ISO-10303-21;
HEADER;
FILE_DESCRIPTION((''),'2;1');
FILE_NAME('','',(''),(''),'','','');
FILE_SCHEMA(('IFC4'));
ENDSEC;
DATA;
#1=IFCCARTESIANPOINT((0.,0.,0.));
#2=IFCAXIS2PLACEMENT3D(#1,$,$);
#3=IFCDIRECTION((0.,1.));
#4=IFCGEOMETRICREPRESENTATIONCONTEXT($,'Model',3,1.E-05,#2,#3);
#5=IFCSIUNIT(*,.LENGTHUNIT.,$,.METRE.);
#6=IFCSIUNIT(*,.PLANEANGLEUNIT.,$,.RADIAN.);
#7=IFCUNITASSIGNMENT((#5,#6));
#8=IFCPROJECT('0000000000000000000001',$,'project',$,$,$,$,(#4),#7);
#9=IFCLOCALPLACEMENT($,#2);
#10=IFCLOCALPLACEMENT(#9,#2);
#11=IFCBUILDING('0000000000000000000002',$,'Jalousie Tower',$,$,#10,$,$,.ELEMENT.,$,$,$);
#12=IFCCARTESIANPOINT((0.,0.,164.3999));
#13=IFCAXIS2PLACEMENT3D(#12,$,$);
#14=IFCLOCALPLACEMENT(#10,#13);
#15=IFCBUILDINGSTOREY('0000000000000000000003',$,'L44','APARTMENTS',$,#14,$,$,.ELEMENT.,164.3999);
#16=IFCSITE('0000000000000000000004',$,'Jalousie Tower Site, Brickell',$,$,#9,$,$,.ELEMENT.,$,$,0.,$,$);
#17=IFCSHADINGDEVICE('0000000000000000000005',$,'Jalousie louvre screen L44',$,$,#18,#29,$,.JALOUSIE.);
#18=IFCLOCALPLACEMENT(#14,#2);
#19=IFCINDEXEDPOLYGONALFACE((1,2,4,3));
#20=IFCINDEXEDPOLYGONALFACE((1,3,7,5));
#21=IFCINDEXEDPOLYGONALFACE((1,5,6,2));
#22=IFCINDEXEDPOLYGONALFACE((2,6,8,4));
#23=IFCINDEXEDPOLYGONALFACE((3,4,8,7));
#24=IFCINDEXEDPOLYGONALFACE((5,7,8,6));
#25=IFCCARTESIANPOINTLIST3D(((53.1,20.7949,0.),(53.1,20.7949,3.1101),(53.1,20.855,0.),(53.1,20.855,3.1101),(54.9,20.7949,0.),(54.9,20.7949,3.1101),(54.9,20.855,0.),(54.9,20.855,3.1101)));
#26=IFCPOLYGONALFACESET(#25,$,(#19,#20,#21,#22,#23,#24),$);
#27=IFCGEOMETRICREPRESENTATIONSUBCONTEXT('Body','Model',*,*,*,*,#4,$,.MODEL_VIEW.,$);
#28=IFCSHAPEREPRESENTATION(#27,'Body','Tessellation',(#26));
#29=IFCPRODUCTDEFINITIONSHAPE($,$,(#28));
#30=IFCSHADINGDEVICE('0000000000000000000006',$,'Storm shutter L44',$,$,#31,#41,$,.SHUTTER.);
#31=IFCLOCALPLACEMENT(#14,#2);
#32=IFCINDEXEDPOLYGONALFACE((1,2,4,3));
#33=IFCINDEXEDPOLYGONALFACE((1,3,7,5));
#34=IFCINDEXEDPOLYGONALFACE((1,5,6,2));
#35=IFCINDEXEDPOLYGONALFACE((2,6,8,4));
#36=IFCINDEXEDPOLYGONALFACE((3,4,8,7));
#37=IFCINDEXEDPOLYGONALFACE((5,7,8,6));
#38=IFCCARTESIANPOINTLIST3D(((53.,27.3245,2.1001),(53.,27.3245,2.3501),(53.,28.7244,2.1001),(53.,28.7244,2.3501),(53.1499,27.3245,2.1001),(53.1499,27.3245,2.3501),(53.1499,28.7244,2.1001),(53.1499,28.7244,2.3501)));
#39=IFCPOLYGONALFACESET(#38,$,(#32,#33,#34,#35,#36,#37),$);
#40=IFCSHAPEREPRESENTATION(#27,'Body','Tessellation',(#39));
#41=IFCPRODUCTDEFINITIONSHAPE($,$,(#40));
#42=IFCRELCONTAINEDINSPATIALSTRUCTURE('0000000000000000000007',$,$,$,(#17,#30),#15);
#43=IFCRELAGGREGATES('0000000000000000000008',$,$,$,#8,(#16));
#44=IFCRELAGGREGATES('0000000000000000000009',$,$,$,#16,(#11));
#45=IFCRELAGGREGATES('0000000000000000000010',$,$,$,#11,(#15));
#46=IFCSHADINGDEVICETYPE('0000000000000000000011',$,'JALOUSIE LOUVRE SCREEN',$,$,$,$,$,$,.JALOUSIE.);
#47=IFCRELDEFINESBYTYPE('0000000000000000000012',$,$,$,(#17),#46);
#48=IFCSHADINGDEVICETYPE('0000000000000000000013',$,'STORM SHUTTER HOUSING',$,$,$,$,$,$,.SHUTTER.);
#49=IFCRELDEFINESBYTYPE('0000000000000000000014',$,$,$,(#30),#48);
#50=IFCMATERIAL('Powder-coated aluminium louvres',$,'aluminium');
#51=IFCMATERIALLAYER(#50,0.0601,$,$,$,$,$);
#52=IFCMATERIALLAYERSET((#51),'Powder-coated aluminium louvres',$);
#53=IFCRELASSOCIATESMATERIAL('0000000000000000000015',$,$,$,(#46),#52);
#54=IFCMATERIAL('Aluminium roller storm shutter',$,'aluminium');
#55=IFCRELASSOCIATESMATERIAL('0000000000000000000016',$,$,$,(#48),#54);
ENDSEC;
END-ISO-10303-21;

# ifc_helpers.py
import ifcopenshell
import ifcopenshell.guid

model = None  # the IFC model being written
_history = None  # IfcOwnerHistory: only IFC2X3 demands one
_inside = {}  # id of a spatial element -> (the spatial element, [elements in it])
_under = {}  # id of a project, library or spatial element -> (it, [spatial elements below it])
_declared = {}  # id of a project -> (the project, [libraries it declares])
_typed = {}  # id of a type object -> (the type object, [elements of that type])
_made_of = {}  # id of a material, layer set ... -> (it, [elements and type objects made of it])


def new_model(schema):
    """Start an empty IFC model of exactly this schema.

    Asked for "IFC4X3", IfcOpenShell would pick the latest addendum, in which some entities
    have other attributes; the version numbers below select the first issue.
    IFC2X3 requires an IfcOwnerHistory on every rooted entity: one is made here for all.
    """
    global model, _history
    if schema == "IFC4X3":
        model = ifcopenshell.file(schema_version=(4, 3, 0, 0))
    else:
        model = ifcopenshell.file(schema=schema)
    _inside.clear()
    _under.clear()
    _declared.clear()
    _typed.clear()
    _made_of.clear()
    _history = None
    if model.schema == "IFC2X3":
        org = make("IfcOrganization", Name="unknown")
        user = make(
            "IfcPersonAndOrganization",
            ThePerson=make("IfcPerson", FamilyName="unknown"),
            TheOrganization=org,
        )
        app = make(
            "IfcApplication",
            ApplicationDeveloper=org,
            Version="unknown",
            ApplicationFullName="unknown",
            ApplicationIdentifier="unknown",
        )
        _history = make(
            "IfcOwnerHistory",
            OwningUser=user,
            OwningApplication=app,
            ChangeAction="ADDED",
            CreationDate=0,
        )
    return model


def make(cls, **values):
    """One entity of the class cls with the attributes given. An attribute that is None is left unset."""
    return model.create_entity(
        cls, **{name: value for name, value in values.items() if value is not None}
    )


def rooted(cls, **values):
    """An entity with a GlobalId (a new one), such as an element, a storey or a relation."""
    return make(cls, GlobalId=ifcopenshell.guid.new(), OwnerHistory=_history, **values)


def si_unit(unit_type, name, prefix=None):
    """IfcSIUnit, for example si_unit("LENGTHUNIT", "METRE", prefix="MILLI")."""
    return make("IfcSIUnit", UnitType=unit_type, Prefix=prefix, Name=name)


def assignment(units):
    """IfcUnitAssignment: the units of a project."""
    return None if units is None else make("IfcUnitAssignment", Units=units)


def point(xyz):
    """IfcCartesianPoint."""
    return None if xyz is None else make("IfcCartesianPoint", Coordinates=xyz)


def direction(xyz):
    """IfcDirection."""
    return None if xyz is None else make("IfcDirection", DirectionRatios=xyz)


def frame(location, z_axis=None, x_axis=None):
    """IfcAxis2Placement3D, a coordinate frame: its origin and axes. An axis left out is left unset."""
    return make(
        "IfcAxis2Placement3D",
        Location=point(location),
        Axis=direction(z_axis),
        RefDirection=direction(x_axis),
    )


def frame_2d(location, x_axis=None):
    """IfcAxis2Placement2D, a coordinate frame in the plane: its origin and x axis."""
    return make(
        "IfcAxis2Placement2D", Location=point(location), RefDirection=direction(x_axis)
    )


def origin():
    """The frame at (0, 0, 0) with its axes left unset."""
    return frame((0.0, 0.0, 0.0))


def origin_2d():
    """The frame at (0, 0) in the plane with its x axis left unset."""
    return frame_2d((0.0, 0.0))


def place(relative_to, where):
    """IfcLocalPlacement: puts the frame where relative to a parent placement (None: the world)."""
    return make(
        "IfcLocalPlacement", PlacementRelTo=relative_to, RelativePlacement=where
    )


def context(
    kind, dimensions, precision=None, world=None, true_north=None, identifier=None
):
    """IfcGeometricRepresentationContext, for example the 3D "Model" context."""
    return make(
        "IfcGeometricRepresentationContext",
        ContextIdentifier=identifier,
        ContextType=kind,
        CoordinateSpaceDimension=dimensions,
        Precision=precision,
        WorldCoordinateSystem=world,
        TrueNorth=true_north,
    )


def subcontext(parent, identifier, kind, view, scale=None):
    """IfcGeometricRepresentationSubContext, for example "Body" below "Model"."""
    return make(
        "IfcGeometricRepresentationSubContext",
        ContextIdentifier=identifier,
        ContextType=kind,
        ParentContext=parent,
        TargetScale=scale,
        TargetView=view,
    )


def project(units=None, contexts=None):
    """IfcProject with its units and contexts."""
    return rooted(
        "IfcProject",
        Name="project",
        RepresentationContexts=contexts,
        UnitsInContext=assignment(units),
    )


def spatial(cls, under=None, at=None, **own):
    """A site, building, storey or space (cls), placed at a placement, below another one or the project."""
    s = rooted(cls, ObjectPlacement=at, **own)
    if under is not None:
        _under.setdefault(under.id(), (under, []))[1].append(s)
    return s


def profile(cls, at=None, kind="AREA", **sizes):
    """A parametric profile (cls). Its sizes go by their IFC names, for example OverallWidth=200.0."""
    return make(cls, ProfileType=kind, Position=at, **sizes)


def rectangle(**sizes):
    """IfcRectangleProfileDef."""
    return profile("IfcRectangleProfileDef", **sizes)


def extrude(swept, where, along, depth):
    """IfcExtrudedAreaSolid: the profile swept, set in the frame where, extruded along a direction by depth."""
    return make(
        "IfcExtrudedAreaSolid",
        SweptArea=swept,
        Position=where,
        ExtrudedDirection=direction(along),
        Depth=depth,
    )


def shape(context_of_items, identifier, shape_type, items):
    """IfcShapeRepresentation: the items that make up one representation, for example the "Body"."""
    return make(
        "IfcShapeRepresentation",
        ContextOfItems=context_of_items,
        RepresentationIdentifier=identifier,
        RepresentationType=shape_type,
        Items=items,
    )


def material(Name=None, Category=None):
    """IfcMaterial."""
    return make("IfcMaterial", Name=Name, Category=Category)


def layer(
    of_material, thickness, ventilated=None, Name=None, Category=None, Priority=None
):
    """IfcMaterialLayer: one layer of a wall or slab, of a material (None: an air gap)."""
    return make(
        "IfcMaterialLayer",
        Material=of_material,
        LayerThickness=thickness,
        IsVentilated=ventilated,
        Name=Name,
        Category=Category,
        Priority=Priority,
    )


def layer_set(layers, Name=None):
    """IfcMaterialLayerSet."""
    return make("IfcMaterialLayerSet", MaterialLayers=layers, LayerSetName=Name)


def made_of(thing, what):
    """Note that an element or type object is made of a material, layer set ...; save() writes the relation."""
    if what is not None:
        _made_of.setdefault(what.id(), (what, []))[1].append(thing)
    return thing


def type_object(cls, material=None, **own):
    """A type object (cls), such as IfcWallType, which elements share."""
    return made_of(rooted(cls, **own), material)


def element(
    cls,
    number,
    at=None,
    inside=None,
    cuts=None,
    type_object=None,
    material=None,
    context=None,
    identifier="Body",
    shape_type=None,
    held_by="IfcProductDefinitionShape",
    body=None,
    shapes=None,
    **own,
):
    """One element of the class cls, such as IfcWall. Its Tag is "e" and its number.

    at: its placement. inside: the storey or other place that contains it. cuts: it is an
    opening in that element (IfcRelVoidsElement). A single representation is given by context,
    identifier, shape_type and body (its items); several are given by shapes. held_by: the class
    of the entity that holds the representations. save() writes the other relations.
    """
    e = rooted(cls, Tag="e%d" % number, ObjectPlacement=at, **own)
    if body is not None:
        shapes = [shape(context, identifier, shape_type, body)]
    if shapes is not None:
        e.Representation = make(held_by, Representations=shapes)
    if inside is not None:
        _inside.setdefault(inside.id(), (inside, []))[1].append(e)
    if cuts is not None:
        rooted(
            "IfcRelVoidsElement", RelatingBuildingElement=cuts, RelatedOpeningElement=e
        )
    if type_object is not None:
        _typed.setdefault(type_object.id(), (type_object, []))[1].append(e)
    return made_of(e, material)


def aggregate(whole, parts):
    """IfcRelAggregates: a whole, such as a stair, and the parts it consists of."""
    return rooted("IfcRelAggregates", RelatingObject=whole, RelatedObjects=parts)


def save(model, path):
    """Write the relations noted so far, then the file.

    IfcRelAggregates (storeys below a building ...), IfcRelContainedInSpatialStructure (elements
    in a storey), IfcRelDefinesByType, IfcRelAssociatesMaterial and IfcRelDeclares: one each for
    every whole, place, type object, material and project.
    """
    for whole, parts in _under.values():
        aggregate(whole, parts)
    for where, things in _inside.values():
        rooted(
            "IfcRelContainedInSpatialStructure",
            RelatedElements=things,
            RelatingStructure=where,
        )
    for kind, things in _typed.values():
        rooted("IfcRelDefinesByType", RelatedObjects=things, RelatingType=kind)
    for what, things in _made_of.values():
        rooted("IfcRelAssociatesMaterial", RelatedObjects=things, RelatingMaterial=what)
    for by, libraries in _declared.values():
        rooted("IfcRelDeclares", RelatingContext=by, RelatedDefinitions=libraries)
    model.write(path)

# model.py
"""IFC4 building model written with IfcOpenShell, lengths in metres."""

from ifc_helpers import new_model, si_unit, direction, frame, origin, origin_2d, place, context, subcontext, project, spatial, rectangle, extrude, material, layer, layer_set, type_object, element, save


model = new_model("IFC4")

# Units and contexts
model_context = context("Model", 3, precision=1e-05, world=origin(), true_north=direction((0.0, 1.0)))
body_context = subcontext(model_context, "Body", "Model", "MODEL_VIEW")
ifc_project = project(units=[si_unit("LENGTHUNIT", "METRE"), si_unit("PLANEANGLEUNIT", "RADIAN")], contexts=[model_context])

# Site, building, storey
site_placement = place(None, origin())
site = spatial("IfcSite", under=ifc_project, at=site_placement, Name="Jalousie Tower Site, Brickell", CompositionType="ELEMENT", RefElevation=0.0)
building_placement = place(site_placement, origin())
building = spatial("IfcBuilding", under=site, at=building_placement, Name="Jalousie Tower", CompositionType="ELEMENT")
storey_placement = place(building_placement, frame((0.0, 0.0, 164.3999)))
storey = spatial("IfcBuildingStorey", under=building, at=storey_placement, Name="L44", Description="APARTMENTS", CompositionType="ELEMENT", Elevation=164.3999)

# Shading devices
ifc_material_1 = material(Name="Powder-coated aluminium louvres", Category="aluminium")
ifc_layer_1 = layer(ifc_material_1, 0.0601)
ifc_layer_set_1 = layer_set([ifc_layer_1], Name="Powder-coated aluminium louvres")
shading_device_type_1 = type_object("IfcShadingDeviceType", Name="JALOUSIE LOUVRE SCREEN", PredefinedType="JALOUSIE", material=ifc_layer_set_1)
for number, where, z_axis, x_axis, name in (
    (1, (54.0, 20.825, 0.0), (0.0, 0.0, 1.0), (0.0, 1.0, 0.0), "Jalousie louvre screen L44"),
):
    element("IfcShadingDevice", number, at=place(storey_placement, frame(where, z_axis=z_axis, x_axis=x_axis)), inside=storey, type_object=shading_device_type_1, Name=name, PredefinedType="JALOUSIE", context=body_context, shape_type="SweptSolid", body=[
        extrude(rectangle(XDim=0.0601, YDim=1.8, at=origin_2d()), origin(), (0.0, 0.0, 1.0), 3.1101),
    ])
ifc_material_2 = material(Name="Aluminium roller storm shutter", Category="aluminium")
shading_device_type_2 = type_object("IfcShadingDeviceType", Name="STORM SHUTTER HOUSING", PredefinedType="SHUTTER", material=ifc_material_2)
shading_device_placement = place(storey_placement, frame((53.075, 28.0244, 2.1001), z_axis=(0.0, 0.0, 1.0), x_axis=(0.0, 1.0, 0.0)))
element("IfcShadingDevice", 2, at=shading_device_placement, inside=storey, type_object=shading_device_type_2, Name="Storm shutter L44", PredefinedType="SHUTTER", context=body_context, shape_type="SweptSolid", body=[
    extrude(rectangle(XDim=1.3999, YDim=0.1499, at=origin_2d()), origin(), (0.0, 0.0, 1.0), 0.25),
])

save(model, "model.ifc")
